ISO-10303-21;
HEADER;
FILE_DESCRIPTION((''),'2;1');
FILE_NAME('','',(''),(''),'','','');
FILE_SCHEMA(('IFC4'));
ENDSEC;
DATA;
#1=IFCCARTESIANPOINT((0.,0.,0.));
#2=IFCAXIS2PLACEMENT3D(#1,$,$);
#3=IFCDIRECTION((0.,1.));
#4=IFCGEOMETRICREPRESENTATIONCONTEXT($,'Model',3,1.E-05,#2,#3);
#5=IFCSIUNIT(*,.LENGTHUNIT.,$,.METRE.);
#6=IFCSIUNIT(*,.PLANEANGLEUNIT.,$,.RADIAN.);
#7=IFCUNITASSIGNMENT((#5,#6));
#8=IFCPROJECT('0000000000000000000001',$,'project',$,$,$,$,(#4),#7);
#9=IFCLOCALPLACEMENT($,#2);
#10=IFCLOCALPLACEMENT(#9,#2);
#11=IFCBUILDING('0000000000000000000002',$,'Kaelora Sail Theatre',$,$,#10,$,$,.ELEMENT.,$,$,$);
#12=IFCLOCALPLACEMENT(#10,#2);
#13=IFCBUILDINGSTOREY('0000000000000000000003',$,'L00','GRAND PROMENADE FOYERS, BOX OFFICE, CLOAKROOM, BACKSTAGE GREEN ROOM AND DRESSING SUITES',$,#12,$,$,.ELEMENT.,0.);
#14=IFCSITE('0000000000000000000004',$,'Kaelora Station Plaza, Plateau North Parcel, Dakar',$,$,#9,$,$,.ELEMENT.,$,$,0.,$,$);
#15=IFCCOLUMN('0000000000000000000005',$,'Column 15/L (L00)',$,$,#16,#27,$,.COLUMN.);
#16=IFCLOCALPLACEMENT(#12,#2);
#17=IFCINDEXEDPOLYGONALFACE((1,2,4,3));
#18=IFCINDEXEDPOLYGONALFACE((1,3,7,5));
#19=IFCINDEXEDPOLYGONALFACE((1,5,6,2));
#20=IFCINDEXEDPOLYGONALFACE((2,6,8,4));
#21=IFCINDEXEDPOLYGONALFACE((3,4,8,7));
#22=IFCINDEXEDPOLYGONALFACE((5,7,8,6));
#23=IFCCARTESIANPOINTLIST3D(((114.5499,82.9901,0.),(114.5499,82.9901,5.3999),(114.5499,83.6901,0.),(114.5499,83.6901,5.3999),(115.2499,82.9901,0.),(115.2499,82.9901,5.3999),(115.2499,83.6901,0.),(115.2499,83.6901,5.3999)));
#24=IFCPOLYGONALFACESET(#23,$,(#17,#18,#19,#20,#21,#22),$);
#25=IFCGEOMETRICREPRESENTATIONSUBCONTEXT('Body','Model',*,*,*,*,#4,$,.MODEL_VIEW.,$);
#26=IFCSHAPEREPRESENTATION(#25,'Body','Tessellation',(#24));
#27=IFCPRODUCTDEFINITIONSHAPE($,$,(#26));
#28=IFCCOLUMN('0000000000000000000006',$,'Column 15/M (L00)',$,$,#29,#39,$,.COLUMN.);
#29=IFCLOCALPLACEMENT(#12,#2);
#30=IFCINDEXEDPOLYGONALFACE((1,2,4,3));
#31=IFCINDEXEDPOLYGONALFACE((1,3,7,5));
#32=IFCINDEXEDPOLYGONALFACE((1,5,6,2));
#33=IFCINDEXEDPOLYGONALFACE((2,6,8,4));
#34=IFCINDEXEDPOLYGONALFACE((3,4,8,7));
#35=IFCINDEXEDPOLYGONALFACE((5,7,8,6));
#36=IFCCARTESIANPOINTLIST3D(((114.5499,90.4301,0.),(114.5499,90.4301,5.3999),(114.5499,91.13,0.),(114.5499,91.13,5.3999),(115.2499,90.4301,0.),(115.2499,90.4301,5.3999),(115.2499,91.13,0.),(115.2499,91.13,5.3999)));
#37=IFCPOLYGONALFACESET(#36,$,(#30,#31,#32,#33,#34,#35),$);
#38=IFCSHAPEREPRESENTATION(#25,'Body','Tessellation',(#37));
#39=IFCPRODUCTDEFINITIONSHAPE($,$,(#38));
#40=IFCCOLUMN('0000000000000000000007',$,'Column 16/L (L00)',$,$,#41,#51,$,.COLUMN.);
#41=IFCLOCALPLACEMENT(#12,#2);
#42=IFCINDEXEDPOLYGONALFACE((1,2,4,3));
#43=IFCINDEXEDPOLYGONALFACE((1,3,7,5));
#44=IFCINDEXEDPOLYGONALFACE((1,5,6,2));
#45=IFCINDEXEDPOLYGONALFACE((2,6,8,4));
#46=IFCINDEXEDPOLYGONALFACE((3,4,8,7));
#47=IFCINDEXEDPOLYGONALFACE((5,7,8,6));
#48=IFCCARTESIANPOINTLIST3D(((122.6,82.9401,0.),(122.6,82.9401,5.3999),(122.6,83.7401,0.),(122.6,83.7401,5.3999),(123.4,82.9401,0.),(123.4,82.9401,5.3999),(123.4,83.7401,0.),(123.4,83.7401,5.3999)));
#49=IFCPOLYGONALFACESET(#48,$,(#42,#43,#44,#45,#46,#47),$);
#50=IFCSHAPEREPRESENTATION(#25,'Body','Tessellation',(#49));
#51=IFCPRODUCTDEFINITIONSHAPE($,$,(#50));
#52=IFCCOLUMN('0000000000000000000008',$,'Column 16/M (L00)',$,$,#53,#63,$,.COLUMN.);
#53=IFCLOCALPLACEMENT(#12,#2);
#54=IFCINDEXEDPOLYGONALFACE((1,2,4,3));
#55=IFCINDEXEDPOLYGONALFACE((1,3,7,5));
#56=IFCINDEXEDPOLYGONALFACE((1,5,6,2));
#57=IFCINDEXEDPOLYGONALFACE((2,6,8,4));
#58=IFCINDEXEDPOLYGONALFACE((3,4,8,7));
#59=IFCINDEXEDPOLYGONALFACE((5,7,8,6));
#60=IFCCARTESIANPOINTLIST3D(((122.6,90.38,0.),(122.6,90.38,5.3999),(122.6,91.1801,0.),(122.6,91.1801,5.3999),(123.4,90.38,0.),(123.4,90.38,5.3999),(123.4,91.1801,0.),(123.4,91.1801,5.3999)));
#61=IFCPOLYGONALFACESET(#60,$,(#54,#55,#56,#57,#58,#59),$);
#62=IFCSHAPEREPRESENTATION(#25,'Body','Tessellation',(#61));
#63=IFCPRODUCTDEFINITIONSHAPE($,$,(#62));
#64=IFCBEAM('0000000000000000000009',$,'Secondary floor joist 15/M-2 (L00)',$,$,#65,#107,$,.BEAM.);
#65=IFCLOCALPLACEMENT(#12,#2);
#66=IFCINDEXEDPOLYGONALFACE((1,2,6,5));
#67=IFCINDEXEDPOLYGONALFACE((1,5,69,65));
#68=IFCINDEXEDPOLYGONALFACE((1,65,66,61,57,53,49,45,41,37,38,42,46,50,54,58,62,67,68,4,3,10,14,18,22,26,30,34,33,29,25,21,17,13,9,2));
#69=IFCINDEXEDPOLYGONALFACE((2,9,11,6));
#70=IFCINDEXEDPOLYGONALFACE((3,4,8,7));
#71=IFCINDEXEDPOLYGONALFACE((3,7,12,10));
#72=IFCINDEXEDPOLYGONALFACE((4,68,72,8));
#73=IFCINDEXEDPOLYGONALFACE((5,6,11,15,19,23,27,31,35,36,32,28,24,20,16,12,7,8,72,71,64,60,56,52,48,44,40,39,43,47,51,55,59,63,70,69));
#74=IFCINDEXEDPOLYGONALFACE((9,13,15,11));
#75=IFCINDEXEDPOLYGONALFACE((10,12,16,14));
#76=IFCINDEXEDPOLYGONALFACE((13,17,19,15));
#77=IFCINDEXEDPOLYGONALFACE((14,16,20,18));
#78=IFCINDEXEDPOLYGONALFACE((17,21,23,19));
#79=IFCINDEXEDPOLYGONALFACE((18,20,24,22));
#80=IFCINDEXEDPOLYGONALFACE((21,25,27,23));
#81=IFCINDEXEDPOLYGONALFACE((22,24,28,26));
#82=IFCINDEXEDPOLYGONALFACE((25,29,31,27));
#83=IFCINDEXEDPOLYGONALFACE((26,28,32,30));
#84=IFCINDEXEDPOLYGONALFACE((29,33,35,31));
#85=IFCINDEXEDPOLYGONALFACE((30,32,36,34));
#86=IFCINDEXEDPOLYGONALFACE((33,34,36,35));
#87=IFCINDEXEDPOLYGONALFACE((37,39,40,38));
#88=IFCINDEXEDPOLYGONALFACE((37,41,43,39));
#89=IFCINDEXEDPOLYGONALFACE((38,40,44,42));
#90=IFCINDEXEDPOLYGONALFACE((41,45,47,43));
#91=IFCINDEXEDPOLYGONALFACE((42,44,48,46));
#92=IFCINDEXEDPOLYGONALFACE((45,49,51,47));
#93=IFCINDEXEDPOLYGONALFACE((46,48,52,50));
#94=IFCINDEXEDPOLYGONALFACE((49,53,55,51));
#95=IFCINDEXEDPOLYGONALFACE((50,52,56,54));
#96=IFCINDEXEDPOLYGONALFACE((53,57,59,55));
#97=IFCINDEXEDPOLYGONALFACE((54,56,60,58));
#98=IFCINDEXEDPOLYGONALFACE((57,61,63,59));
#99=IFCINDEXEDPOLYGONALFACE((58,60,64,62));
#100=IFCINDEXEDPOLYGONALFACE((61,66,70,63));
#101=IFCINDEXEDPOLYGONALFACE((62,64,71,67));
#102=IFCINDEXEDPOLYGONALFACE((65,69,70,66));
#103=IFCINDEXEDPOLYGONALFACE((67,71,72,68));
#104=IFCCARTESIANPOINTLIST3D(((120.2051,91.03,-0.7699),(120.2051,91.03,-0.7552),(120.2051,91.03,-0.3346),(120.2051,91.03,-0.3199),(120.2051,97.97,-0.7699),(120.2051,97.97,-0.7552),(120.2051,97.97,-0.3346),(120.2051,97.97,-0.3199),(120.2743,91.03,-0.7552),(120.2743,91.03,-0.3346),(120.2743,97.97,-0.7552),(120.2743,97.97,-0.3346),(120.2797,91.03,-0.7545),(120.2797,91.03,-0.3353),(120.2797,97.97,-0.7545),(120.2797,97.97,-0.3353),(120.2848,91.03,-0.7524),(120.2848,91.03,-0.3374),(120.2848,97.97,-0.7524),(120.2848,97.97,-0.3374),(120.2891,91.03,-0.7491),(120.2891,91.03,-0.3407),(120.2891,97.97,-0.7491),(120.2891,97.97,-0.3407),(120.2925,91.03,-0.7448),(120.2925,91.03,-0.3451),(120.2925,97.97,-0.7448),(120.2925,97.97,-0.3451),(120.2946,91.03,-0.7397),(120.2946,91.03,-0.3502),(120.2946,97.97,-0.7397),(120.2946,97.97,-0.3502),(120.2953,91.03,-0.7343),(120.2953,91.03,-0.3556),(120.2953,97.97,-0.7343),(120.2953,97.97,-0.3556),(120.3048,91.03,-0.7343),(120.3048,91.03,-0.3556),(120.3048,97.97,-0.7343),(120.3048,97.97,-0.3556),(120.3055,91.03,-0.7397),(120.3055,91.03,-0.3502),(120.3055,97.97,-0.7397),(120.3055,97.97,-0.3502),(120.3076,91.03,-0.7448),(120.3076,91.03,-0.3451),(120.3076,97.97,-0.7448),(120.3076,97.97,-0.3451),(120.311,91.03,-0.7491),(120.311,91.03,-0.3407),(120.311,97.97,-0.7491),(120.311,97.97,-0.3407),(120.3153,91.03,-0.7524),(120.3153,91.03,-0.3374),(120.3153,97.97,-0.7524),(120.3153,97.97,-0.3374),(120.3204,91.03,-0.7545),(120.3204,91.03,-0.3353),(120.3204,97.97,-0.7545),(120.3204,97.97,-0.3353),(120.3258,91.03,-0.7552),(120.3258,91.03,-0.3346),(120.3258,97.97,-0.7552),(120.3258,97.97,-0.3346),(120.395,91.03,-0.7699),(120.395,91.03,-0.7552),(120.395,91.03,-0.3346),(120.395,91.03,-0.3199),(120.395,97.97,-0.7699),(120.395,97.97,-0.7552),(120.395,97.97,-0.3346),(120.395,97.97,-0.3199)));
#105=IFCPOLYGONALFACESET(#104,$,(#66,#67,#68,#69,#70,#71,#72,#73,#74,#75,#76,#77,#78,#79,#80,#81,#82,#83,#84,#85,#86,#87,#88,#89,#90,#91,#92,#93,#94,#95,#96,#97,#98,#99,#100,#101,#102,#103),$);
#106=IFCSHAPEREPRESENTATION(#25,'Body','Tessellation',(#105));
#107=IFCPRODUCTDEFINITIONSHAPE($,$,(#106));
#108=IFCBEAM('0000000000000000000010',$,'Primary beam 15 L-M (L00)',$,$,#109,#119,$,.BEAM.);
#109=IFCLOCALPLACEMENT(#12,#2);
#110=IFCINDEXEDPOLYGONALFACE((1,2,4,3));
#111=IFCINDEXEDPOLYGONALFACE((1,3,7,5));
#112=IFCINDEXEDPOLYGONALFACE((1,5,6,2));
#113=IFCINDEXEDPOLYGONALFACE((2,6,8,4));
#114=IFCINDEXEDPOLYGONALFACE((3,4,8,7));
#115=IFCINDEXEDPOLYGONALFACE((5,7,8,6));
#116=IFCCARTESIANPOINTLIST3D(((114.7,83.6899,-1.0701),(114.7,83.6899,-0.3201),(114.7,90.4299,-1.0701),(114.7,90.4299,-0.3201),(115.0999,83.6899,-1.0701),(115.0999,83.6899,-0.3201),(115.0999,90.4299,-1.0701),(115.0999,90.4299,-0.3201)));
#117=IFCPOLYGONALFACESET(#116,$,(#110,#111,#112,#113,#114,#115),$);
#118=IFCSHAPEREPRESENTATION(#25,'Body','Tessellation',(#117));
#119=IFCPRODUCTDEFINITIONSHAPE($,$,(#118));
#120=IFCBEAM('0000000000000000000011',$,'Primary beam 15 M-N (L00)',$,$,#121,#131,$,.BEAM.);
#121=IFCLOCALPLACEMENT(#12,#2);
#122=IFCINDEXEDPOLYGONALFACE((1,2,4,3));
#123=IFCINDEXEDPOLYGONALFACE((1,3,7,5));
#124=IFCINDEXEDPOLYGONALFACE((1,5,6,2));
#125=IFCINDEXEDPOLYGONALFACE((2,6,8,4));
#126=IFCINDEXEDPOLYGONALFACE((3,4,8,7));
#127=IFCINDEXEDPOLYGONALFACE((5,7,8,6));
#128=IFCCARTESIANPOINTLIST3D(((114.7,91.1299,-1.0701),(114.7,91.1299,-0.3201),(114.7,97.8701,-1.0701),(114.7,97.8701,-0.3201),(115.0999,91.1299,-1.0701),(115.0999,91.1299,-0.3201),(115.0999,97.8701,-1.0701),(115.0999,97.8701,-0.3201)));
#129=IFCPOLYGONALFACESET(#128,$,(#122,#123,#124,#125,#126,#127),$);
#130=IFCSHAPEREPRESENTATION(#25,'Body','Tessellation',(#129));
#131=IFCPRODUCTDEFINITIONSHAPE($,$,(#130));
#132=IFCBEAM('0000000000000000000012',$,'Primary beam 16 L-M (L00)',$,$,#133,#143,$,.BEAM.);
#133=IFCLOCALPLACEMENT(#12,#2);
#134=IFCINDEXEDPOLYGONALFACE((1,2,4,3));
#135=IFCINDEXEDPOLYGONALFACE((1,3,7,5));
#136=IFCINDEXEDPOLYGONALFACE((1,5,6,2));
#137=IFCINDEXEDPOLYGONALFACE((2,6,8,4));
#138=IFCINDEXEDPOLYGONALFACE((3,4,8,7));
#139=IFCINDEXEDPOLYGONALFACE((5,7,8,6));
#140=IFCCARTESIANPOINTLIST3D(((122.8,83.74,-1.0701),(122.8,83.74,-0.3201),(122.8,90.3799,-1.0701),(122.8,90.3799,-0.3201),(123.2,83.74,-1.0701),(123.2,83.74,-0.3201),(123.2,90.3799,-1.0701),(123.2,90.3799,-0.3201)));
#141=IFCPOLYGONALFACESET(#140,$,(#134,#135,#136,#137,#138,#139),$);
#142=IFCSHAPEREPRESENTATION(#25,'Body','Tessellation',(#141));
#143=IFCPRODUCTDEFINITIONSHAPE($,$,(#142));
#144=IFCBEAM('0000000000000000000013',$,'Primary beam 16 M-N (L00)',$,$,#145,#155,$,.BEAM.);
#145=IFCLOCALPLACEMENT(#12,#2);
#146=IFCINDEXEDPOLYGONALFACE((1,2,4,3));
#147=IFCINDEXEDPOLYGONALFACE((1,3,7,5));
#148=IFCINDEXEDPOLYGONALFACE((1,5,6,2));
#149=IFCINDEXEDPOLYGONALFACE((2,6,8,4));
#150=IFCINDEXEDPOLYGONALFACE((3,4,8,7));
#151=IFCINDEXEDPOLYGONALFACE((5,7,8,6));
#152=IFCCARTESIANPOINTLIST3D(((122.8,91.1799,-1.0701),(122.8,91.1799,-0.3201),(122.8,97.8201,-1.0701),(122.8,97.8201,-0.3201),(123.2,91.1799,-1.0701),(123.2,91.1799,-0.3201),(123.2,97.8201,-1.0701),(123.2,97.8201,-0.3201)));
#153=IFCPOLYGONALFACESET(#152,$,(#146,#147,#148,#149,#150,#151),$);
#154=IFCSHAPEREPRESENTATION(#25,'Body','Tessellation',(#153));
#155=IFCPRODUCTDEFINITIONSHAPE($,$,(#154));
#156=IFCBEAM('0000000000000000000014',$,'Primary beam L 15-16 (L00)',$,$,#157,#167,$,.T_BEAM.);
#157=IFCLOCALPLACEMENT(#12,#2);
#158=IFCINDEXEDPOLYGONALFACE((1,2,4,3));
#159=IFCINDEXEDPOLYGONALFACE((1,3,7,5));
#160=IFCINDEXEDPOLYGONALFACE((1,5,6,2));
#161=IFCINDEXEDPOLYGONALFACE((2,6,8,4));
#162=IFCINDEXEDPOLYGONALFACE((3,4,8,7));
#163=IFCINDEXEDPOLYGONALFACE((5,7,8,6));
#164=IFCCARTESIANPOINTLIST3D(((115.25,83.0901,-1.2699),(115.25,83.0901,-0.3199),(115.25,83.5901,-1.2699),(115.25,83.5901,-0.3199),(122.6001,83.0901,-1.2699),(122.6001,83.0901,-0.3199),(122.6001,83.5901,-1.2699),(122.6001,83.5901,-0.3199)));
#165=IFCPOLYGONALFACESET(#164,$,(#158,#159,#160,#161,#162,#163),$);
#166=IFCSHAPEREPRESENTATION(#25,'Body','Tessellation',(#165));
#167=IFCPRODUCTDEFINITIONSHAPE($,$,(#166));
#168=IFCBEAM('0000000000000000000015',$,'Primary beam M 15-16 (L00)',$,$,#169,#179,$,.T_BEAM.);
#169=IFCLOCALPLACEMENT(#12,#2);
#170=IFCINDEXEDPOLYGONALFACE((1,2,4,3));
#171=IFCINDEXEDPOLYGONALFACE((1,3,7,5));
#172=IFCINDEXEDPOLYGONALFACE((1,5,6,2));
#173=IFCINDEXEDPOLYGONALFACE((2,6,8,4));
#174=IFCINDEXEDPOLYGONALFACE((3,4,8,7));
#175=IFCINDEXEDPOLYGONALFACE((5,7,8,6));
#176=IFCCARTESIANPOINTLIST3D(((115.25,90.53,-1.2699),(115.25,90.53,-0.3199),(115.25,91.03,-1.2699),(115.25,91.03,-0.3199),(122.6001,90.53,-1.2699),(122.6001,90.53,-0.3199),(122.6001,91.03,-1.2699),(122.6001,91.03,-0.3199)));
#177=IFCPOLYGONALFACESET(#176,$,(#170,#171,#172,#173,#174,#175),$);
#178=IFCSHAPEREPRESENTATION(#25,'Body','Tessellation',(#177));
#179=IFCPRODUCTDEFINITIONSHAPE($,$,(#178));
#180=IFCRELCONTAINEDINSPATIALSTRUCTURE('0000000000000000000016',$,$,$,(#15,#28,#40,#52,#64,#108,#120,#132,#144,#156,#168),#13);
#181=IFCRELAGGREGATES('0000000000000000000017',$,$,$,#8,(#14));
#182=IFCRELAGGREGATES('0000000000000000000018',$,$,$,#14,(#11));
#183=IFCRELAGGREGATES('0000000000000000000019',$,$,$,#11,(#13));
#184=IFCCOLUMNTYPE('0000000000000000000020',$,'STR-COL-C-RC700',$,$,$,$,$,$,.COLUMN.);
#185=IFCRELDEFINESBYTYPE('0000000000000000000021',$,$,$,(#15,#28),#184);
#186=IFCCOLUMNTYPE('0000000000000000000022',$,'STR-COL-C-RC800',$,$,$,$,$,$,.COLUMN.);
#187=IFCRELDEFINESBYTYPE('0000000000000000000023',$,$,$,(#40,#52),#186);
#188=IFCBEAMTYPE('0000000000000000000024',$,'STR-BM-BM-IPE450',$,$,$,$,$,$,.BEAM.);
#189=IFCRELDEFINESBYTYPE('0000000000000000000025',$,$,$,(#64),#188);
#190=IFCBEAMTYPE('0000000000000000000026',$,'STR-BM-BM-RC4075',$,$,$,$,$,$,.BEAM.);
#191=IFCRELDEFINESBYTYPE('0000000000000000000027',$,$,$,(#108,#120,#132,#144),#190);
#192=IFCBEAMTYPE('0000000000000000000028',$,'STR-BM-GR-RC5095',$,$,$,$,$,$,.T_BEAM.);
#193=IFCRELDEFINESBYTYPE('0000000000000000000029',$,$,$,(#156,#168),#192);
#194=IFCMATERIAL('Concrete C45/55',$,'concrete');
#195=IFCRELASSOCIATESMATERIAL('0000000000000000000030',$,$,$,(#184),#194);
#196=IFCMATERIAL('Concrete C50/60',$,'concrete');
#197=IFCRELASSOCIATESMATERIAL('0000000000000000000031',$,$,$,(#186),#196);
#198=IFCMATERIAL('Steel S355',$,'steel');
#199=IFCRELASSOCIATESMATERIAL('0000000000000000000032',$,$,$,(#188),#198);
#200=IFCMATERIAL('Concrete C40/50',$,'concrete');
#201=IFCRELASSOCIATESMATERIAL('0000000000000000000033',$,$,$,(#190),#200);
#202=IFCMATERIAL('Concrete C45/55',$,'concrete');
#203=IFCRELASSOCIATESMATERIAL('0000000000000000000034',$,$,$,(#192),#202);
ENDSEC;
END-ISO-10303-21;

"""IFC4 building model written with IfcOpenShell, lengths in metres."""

from ifc_helpers import new_model, si_unit, direction, frame, origin, origin_2d, place, context, subcontext, project, spatial, rectangle, i_section, extrude, material, material_profile, profile_set, type_object, element, save


model = new_model("IFC4")

# Units and contexts
model_context = context("Model", 3, precision=1e-05, world=origin(), true_north=direction((0.0, 1.0)))
body_context = subcontext(model_context, "Body", "Model", "MODEL_VIEW")
ifc_project = project(units=[si_unit("LENGTHUNIT", "METRE"), si_unit("PLANEANGLEUNIT", "RADIAN")], contexts=[model_context])

# Site, building, storey
site_placement = place(None, origin())
site = spatial("IfcSite", under=ifc_project, at=site_placement, Name="Kaelora Station Plaza, Plateau North Parcel, Dakar", CompositionType="ELEMENT", RefElevation=0.0)
building_placement = place(site_placement, origin())
building = spatial("IfcBuilding", under=site, at=building_placement, Name="Kaelora Sail Theatre", CompositionType="ELEMENT")
storey_placement = place(building_placement, origin())
storey = spatial("IfcBuildingStorey", under=building, at=storey_placement, Name="L00", Description="GRAND PROMENADE FOYERS, BOX OFFICE, CLOAKROOM, BACKSTAGE GREEN ROOM AND DRESSING SUITES", CompositionType="ELEMENT", Elevation=0.0)

# Columns
ifc_material_1 = material(Name="Concrete C45/55", Category="concrete")
ifc_material_profile_1 = material_profile(ifc_material_1, rectangle(XDim=0.7, YDim=0.7, at=origin_2d()), Name="RC-COL 700x700")
ifc_profile_set_1 = profile_set([ifc_material_profile_1], Name="Concrete C45/55")
column_type_1 = type_object("IfcColumnType", Name="STR-COL-C-RC700", PredefinedType="COLUMN", material=ifc_profile_set_1)
for number, where, z_axis, x_axis, name in (
    (1, (114.8999, 83.3401, 0.0), (0.0, 0.0, 1.0), (1.0, 0.0, 0.0), "Column 15/L (L00)"),
    (2, (114.8999, 90.78, 0.0), (0.0, 0.0, 1.0), (1.0, 0.0, 0.0), "Column 15/M (L00)"),
):
    element("IfcColumn", number, at=place(storey_placement, frame(where, z_axis=z_axis, x_axis=x_axis)), inside=storey, type_object=column_type_1, Name=name, PredefinedType="COLUMN", context=body_context, shape_type="SweptSolid", body=[
        extrude(rectangle(XDim=0.7, YDim=0.7, at=origin_2d()), origin(), (0.0, 0.0, 1.0), 5.3999),
    ])
ifc_material_2 = material(Name="Concrete C50/60", Category="concrete")
ifc_material_profile_2 = material_profile(ifc_material_2, rectangle(XDim=0.8, YDim=0.8, at=origin_2d()), Name="RC-COL 800x800")
ifc_profile_set_2 = profile_set([ifc_material_profile_2], Name="Concrete C50/60")
column_type_2 = type_object("IfcColumnType", Name="STR-COL-C-RC800", PredefinedType="COLUMN", material=ifc_profile_set_2)
for number, where, z_axis, x_axis, name in (
    (3, (123.0, 83.3401, 0.0), (0.0, 0.0, 1.0), (1.0, 0.0, 0.0), "Column 16/L (L00)"),
    (4, (123.0, 90.78, 0.0), (0.0, 0.0, 1.0), (1.0, 0.0, 0.0), "Column 16/M (L00)"),
):
    element("IfcColumn", number, at=place(storey_placement, frame(where, z_axis=z_axis, x_axis=x_axis)), inside=storey, type_object=column_type_2, Name=name, PredefinedType="COLUMN", context=body_context, shape_type="SweptSolid", body=[
        extrude(rectangle(XDim=0.8, YDim=0.8, at=origin_2d()), origin(), (0.0, 0.0, 1.0), 5.3999),
    ])

# Beams
ifc_material_3 = material(Name="Steel S355", Category="steel")
ifc_material_profile_3 = material_profile(ifc_material_3, i_section(OverallWidth=0.1899, OverallDepth=0.45, WebThickness=0.0095, FlangeThickness=0.0146, FilletRadius=0.021, at=origin_2d()), Name="IPE 450")
ifc_profile_set_3 = profile_set([ifc_material_profile_3], Name="Steel S355")
beam_type_1 = type_object("IfcBeamType", Name="STR-BM-BM-IPE450", PredefinedType="BEAM", material=ifc_profile_set_3)
beam_1_placement = place(storey_placement, frame((120.3, 91.03, -0.5449), z_axis=(0.0, 1.0, 0.0), x_axis=(-1.0, 0.0, 0.0)))
element("IfcBeam", 5, at=beam_1_placement, inside=storey, type_object=beam_type_1, Name="Secondary floor joist 15/M-2 (L00)", PredefinedType="BEAM", context=body_context, shape_type="SweptSolid", body=[
    extrude(i_section(OverallWidth=0.1899, OverallDepth=0.45, WebThickness=0.0095, FlangeThickness=0.0146, FilletRadius=0.021, at=origin_2d()), origin(), (0.0, 0.0, 1.0), 6.9399),
])
ifc_material_4 = material(Name="Concrete C40/50", Category="concrete")
ifc_material_profile_4 = material_profile(ifc_material_4, rectangle(XDim=0.3999, YDim=0.75, at=origin_2d()), Name="RC-BM 400x750")
ifc_profile_set_4 = profile_set([ifc_material_profile_4], Name="Concrete C40/50")
beam_type_2 = type_object("IfcBeamType", Name="STR-BM-BM-RC4075", PredefinedType="BEAM", material=ifc_profile_set_4)
beam_2_placement = place(storey_placement, frame((114.8999, 83.6899, -0.6951), z_axis=(0.0, 1.0, 0.0), x_axis=(-1.0, 0.0, 0.0)))
element("IfcBeam", 6, at=beam_2_placement, inside=storey, type_object=beam_type_2, Name="Primary beam 15 L-M (L00)", PredefinedType="BEAM", context=body_context, shape_type="SweptSolid", body=[
    extrude(rectangle(XDim=0.3999, YDim=0.75, at=origin_2d()), origin(), (0.0, 0.0, 1.0), 6.74),
])
beam_3_placement = place(storey_placement, frame((114.8999, 91.1299, -0.6951), z_axis=(0.0, 1.0, 0.0), x_axis=(-1.0, 0.0, 0.0)))
element("IfcBeam", 7, at=beam_3_placement, inside=storey, type_object=beam_type_2, Name="Primary beam 15 M-N (L00)", PredefinedType="BEAM", context=body_context, shape_type="SweptSolid", body=[
    extrude(rectangle(XDim=0.3999, YDim=0.75, at=origin_2d()), origin(), (0.0, 0.0, 1.0), 6.7402),
])
beam_4_placement = place(storey_placement, frame((123.0, 83.74, -0.6951), z_axis=(0.0, 1.0, 0.0), x_axis=(-1.0, 0.0, 0.0)))
element("IfcBeam", 8, at=beam_4_placement, inside=storey, type_object=beam_type_2, Name="Primary beam 16 L-M (L00)", PredefinedType="BEAM", context=body_context, shape_type="SweptSolid", body=[
    extrude(rectangle(XDim=0.3999, YDim=0.75, at=origin_2d()), origin(), (0.0, 0.0, 1.0), 6.6399),
])
beam_5_placement = place(storey_placement, frame((123.0, 91.1799, -0.6951), z_axis=(0.0, 1.0, 0.0), x_axis=(-1.0, 0.0, 0.0)))
element("IfcBeam", 9, at=beam_5_placement, inside=storey, type_object=beam_type_2, Name="Primary beam 16 M-N (L00)", PredefinedType="BEAM", context=body_context, shape_type="SweptSolid", body=[
    extrude(rectangle(XDim=0.3999, YDim=0.75, at=origin_2d()), origin(), (0.0, 0.0, 1.0), 6.6401),
])
ifc_material_5 = material(Name="Concrete C45/55", Category="concrete")
ifc_material_profile_5 = material_profile(ifc_material_5, rectangle(XDim=0.5, YDim=0.95, at=origin_2d()), Name="RC-GRD 500x950")
ifc_profile_set_5 = profile_set([ifc_material_profile_5], Name="Concrete C45/55")
beam_type_3 = type_object("IfcBeamType", Name="STR-BM-GR-RC5095", PredefinedType="T_BEAM", material=ifc_profile_set_5)
for number, where, z_axis, x_axis, name in (
    (10, (115.25, 83.3401, -0.7949), (1.0, 0.0, 0.0), (0.0, 1.0, 0.0), "Primary beam L 15-16 (L00)"),
    (11, (115.25, 90.78, -0.7949), (1.0, 0.0, 0.0), (0.0, 1.0, 0.0), "Primary beam M 15-16 (L00)"),
):
    element("IfcBeam", number, at=place(storey_placement, frame(where, z_axis=z_axis, x_axis=x_axis)), inside=storey, type_object=beam_type_3, Name=name, PredefinedType="T_BEAM", context=body_context, shape_type="SweptSolid", body=[
        extrude(rectangle(XDim=0.5, YDim=0.95, at=origin_2d()), origin(), (0.0, 0.0, 1.0), 7.3501),
    ])

save(model, "model.ifc")
